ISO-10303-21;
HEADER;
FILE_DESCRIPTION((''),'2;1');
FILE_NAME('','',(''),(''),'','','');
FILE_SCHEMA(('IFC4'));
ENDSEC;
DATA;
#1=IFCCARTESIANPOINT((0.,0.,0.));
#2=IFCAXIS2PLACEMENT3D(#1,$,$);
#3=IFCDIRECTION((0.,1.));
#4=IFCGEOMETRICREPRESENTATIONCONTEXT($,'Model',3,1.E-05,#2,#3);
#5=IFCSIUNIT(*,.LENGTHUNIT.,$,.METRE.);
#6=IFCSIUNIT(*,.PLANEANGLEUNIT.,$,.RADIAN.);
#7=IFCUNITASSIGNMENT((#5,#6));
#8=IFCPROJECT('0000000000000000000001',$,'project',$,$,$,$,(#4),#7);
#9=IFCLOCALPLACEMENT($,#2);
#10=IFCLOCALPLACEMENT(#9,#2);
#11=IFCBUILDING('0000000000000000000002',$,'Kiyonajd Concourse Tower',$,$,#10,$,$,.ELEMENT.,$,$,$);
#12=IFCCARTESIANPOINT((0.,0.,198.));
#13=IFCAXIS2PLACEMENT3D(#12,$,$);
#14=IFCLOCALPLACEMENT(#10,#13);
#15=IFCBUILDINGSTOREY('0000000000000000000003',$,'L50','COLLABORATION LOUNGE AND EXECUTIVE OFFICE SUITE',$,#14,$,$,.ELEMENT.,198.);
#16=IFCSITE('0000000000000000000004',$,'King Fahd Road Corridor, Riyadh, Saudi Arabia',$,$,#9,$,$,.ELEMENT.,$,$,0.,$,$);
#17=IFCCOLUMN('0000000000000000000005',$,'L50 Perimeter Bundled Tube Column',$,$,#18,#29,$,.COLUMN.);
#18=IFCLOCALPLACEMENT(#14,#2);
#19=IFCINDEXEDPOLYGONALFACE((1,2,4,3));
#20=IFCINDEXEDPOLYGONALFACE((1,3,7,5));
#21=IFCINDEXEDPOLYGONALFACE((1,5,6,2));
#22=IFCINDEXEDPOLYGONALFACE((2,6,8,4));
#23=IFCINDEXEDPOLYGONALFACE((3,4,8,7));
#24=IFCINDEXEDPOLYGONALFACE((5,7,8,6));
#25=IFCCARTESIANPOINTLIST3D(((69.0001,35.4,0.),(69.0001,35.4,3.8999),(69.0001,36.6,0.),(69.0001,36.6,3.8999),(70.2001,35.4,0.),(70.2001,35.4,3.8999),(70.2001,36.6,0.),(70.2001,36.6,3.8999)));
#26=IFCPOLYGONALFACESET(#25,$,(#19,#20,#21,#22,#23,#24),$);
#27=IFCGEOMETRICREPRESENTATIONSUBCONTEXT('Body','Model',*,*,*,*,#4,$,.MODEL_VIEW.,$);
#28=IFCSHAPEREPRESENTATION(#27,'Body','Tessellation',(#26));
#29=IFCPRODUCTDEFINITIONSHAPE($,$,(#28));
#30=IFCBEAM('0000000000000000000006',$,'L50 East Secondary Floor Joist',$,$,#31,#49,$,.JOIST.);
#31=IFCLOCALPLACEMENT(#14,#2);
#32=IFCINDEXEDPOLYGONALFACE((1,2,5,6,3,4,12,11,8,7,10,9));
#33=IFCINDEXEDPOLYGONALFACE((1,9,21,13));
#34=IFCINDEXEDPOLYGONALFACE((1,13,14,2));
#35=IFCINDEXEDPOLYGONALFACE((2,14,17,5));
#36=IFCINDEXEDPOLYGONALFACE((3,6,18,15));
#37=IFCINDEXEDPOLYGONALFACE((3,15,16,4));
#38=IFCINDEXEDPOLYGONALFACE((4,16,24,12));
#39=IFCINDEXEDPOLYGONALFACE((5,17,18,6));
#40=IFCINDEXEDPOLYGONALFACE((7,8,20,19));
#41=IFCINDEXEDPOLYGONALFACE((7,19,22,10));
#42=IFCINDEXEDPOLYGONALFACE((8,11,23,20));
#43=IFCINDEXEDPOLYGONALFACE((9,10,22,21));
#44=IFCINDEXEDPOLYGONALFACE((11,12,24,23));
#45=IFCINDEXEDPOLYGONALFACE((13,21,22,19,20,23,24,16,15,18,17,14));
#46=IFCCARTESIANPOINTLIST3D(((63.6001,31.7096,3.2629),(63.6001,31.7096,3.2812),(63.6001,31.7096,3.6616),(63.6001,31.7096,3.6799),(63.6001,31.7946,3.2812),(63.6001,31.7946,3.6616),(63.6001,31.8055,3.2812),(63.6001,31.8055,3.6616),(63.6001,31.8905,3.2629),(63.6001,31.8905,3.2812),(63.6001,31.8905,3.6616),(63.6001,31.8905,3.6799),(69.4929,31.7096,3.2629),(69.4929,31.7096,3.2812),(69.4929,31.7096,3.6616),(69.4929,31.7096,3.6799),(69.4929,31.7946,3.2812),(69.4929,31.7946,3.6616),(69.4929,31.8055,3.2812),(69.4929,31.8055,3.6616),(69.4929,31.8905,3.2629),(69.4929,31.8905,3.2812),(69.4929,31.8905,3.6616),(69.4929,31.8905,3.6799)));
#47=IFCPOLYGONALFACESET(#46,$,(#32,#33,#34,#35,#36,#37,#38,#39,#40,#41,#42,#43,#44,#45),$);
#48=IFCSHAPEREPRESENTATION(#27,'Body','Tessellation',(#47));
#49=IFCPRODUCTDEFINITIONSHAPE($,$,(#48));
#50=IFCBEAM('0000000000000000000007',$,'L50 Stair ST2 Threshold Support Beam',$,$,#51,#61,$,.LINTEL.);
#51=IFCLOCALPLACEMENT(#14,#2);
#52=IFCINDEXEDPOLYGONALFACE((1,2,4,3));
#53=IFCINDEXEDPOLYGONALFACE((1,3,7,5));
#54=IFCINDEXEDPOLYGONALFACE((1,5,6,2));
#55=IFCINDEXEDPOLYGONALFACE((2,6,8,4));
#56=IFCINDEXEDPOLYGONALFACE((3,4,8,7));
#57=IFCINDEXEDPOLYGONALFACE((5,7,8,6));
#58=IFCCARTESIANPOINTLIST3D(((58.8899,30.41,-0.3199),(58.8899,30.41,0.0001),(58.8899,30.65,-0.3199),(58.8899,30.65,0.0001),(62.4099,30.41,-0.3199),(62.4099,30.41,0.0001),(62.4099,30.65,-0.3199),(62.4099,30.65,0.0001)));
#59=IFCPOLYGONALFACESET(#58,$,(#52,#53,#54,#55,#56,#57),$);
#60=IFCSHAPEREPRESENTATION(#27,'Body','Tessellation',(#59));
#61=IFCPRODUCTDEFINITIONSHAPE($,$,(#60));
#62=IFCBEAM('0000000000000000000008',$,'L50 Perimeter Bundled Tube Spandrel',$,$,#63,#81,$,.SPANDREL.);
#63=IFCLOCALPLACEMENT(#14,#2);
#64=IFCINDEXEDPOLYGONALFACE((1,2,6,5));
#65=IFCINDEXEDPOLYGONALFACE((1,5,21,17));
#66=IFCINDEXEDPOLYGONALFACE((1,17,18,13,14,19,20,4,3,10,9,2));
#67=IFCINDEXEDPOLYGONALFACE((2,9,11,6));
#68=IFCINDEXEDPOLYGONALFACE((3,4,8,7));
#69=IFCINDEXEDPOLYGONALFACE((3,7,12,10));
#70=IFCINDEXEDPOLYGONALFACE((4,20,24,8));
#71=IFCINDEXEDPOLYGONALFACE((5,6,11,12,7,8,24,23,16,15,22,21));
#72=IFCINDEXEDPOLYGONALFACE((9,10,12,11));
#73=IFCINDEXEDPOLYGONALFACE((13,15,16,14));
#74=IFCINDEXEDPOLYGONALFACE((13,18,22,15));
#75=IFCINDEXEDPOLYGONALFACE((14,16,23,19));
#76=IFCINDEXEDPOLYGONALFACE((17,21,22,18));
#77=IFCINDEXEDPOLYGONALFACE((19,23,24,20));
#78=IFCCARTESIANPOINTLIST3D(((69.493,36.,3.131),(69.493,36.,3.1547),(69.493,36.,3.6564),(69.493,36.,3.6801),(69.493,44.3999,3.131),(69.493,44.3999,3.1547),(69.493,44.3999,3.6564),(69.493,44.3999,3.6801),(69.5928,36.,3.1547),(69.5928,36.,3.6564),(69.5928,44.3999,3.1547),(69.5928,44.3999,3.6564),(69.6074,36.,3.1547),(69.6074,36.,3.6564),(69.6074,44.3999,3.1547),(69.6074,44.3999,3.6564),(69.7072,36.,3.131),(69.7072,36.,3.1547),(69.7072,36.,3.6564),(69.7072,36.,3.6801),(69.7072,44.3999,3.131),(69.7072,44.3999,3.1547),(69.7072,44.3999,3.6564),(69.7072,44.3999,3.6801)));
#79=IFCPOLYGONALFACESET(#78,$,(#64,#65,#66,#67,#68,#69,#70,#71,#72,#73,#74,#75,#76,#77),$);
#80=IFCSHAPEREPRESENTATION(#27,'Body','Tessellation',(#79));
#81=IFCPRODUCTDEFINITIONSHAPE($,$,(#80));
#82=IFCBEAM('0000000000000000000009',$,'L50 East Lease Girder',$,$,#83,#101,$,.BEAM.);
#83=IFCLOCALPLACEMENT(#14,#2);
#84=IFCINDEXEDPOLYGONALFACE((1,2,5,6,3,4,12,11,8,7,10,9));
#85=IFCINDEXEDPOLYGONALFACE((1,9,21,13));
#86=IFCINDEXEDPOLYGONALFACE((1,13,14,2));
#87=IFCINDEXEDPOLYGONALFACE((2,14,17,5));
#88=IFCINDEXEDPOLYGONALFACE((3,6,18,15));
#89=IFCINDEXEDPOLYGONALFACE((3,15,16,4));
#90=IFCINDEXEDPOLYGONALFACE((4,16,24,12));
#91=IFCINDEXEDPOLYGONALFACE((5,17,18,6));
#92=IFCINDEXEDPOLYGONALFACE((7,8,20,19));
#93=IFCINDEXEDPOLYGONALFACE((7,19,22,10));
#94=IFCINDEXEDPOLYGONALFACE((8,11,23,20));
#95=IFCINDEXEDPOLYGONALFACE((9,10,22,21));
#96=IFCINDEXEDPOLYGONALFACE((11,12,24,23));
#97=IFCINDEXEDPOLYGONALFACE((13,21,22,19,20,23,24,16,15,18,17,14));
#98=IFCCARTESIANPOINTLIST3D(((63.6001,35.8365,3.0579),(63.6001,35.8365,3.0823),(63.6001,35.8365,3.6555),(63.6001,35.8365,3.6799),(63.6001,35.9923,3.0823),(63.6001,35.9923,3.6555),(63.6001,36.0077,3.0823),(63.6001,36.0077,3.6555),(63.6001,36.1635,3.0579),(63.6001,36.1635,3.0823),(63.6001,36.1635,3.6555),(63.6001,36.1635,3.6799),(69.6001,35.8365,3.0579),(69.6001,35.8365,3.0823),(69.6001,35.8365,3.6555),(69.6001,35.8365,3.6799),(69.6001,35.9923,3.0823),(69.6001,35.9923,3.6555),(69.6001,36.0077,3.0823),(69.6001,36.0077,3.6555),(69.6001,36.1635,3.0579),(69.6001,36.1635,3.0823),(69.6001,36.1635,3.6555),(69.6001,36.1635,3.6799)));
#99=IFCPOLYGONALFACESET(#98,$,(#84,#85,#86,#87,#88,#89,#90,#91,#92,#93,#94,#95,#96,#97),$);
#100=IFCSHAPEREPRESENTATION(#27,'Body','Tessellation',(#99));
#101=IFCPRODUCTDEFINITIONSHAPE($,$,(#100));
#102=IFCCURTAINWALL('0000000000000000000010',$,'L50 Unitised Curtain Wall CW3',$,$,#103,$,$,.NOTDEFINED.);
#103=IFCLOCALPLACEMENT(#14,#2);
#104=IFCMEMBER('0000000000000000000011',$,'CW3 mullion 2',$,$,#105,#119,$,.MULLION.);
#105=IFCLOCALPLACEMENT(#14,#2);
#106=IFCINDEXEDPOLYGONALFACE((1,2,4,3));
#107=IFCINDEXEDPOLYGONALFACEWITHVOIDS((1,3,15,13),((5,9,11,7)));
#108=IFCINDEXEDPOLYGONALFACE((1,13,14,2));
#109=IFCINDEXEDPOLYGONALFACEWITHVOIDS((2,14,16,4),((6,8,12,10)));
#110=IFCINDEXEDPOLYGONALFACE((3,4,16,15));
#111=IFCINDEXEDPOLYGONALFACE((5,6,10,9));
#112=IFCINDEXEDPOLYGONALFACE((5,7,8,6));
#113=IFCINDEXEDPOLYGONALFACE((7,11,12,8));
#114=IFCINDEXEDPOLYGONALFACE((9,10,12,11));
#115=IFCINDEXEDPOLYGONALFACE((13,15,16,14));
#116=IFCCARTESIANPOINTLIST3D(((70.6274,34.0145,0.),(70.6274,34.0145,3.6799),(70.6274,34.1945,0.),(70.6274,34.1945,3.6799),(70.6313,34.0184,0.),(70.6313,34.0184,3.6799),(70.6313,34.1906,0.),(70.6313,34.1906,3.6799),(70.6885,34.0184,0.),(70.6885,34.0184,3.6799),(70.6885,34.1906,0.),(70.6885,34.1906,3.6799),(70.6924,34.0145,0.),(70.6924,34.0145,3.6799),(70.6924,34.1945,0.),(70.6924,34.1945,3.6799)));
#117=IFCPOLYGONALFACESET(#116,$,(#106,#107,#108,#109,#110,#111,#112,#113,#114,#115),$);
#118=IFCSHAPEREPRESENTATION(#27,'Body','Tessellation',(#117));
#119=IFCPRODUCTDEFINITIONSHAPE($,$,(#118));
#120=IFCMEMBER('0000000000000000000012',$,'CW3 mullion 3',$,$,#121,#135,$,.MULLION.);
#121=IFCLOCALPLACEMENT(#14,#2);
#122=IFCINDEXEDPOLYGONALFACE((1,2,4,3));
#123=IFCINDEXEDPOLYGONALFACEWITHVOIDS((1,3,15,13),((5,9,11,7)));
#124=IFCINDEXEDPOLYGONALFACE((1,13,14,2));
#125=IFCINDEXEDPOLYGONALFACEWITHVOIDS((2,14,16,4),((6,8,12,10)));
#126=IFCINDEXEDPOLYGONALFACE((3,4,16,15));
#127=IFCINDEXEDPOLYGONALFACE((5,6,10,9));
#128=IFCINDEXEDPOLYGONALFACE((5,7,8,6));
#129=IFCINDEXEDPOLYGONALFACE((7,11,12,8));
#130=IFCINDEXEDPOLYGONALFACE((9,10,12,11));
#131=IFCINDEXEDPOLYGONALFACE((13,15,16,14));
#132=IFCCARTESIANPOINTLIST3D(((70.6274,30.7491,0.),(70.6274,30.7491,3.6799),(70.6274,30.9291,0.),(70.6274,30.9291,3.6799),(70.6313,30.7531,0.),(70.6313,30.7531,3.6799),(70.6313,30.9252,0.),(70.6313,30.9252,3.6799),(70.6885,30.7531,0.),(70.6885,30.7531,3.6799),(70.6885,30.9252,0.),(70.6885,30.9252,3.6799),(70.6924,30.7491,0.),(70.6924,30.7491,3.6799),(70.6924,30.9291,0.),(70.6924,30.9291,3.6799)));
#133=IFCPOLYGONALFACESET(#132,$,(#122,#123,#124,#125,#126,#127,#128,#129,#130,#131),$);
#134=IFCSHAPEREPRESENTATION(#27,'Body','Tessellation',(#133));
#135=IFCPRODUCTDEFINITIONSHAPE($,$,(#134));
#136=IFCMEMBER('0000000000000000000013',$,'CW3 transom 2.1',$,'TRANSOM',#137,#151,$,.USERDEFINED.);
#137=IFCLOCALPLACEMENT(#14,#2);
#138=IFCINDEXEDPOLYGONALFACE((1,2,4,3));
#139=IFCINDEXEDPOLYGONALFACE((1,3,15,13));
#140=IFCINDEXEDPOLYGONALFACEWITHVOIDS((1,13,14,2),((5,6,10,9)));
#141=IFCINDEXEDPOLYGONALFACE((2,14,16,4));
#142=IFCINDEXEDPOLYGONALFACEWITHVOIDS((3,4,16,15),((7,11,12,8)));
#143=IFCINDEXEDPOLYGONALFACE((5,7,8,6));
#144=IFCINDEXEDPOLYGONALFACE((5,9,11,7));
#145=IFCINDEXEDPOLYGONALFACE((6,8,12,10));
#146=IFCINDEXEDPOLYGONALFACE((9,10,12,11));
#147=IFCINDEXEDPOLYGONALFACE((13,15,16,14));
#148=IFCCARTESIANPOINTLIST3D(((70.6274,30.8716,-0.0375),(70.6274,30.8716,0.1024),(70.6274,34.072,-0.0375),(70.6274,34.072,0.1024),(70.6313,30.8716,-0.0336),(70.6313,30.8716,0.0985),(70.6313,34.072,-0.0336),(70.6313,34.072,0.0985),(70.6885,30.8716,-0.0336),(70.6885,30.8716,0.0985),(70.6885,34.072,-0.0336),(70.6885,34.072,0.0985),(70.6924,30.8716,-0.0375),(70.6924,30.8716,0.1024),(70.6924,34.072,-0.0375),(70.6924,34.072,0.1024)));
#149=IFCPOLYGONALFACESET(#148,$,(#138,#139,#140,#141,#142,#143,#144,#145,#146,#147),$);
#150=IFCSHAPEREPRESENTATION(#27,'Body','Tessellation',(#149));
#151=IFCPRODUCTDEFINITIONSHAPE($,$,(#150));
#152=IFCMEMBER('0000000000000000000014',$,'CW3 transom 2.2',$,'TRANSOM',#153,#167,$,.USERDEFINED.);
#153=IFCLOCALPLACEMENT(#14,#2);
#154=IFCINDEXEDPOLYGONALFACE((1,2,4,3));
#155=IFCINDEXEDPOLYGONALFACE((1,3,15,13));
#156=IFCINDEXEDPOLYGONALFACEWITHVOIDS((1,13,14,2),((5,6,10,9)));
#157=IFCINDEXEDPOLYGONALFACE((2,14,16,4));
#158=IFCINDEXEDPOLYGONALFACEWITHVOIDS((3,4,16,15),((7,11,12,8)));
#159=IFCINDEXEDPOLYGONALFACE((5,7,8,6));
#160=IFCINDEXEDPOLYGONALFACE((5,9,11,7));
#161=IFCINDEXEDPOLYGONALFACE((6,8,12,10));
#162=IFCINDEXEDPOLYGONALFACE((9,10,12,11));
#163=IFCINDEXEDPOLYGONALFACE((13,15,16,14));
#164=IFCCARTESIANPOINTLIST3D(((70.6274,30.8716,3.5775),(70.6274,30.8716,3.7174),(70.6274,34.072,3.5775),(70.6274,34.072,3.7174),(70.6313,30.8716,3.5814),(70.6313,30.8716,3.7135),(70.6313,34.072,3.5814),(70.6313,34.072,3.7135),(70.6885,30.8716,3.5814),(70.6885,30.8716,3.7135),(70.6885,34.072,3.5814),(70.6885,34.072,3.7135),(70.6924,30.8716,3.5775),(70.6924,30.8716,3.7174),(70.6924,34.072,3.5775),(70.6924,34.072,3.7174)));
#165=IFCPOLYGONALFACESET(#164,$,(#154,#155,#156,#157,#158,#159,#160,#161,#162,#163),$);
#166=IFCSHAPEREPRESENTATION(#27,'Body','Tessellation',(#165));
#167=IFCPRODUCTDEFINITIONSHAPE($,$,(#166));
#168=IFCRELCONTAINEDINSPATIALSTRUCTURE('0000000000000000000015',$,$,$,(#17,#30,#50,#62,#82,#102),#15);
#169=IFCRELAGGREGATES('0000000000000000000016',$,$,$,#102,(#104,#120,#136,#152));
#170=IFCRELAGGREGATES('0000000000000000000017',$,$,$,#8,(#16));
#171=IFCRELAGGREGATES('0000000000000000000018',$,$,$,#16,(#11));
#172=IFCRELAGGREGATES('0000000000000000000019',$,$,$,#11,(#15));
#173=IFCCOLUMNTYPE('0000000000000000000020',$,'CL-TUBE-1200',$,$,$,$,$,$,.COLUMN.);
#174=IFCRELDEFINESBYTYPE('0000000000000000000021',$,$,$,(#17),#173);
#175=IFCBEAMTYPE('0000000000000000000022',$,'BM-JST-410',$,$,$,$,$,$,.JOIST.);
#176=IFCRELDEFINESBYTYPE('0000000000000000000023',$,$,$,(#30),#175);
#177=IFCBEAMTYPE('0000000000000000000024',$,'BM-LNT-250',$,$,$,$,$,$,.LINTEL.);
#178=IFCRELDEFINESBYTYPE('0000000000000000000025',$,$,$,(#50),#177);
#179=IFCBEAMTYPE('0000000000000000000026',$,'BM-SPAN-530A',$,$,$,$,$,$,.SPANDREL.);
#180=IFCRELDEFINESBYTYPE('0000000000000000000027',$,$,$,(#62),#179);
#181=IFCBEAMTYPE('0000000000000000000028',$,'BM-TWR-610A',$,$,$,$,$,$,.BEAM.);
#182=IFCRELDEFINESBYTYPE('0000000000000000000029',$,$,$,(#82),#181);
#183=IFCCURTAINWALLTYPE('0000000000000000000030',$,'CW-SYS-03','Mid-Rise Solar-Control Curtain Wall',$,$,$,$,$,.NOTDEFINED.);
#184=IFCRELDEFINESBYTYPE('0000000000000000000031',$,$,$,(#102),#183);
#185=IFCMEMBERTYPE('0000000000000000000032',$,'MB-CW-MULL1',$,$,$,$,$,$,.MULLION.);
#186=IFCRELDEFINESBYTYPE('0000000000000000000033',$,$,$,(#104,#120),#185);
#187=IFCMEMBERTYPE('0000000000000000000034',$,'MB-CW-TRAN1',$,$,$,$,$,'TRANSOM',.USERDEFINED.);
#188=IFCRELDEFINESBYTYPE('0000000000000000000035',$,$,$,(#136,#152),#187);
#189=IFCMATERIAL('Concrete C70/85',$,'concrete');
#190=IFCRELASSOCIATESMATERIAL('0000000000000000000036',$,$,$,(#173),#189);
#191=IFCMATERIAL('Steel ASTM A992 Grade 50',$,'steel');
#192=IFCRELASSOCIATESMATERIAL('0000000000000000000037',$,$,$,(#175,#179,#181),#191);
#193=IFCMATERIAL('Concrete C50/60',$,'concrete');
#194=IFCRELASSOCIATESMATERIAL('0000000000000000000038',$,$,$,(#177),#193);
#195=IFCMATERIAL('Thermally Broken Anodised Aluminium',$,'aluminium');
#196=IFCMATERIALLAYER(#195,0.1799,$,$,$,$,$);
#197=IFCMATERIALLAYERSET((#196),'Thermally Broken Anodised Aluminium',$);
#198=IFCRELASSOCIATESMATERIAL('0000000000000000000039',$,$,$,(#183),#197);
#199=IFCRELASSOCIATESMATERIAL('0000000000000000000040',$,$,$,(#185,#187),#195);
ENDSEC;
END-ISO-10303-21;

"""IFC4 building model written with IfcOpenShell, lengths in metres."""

from ifc_helpers import new_model, si_unit, direction, frame, origin, origin_2d, place, context, subcontext, project, spatial, rectangle, hollow_rectangle, i_section, extrude, material, layer, layer_set, material_profile, profile_set, type_object, element, aggregate, save


model = new_model("IFC4")

# Units and contexts
model_context = context("Model", 3, precision=1e-05, world=origin(), true_north=direction((0.0, 1.0)))
body_context = subcontext(model_context, "Body", "Model", "MODEL_VIEW")
ifc_project = project(units=[si_unit("LENGTHUNIT", "METRE"), si_unit("PLANEANGLEUNIT", "RADIAN")], contexts=[model_context])

# Site, building, storey
site_placement = place(None, origin())
site = spatial("IfcSite", under=ifc_project, at=site_placement, Name="King Fahd Road Corridor, Riyadh, Saudi Arabia", CompositionType="ELEMENT", RefElevation=0.0)
building_placement = place(site_placement, origin())
building = spatial("IfcBuilding", under=site, at=building_placement, Name="Kiyonajd Concourse Tower", CompositionType="ELEMENT")
storey_placement = place(building_placement, frame((0.0, 0.0, 198.0)))
storey = spatial("IfcBuildingStorey", under=building, at=storey_placement, Name="L50", Description="COLLABORATION LOUNGE AND EXECUTIVE OFFICE SUITE", CompositionType="ELEMENT", Elevation=198.0)

# Column
ifc_material_1 = material(Name="Concrete C70/85", Category="concrete")
ifc_material_profile_1 = material_profile(ifc_material_1, rectangle(XDim=1.2, YDim=1.2, at=origin_2d()), Name="RC-1200x1200")
ifc_profile_set_1 = profile_set([ifc_material_profile_1], Name="Concrete C70/85")
column_type = type_object("IfcColumnType", Name="CL-TUBE-1200", PredefinedType="COLUMN", material=ifc_profile_set_1)
column_placement = place(storey_placement, frame((69.6001, 36.0, 0.0), z_axis=(0.0, 0.0, 1.0), x_axis=(1.0, 0.0, 0.0)))
element("IfcColumn", 1, at=column_placement, inside=storey, type_object=column_type, Name="L50 Perimeter Bundled Tube Column", PredefinedType="COLUMN", context=body_context, shape_type="SweptSolid", body=[
    extrude(rectangle(XDim=1.2, YDim=1.2, at=origin_2d()), origin(), (0.0, 0.0, 1.0), 3.8999),
])

# Beams
ifc_material_2 = material(Name="Steel ASTM A992 Grade 50", Category="steel")
ifc_material_profile_2 = material_profile(ifc_material_2, i_section(OverallWidth=0.1809, OverallDepth=0.417, WebThickness=0.011, FlangeThickness=0.0183, at=origin_2d()), Name="W410X85")
ifc_profile_set_2 = profile_set([ifc_material_profile_2], Name="Steel ASTM A992 Grade 50")
beam_type_1 = type_object("IfcBeamType", Name="BM-JST-410", PredefinedType="JOIST", material=ifc_profile_set_2)
beam_1_placement = place(storey_placement, frame((63.6001, 31.8, 3.4714), z_axis=(1.0, 0.0, 0.0), x_axis=(0.0, 1.0, 0.0)))
element("IfcBeam", 2, at=beam_1_placement, inside=storey, type_object=beam_type_1, Name="L50 East Secondary Floor Joist", PredefinedType="JOIST", context=body_context, shape_type="SweptSolid", body=[
    extrude(i_section(OverallWidth=0.1809, OverallDepth=0.417, WebThickness=0.011, FlangeThickness=0.0183, at=origin_2d()), origin(), (0.0, 0.0, 1.0), 5.8928),
])
ifc_material_3 = material(Name="Concrete C50/60", Category="concrete")
ifc_material_profile_3 = material_profile(ifc_material_3, rectangle(XDim=0.24, YDim=0.3201, at=origin_2d()), Name="RCBM-240x320")
ifc_profile_set_3 = profile_set([ifc_material_profile_3], Name="Concrete C50/60")
beam_type_2 = type_object("IfcBeamType", Name="BM-LNT-250", PredefinedType="LINTEL", material=ifc_profile_set_3)
beam_2_placement = place(storey_placement, frame((58.8899, 30.53, -0.1599), z_axis=(1.0, 0.0, 0.0), x_axis=(0.0, 1.0, 0.0)))
element("IfcBeam", 3, at=beam_2_placement, inside=storey, type_object=beam_type_2, Name="L50 Stair ST2 Threshold Support Beam", PredefinedType="LINTEL", context=body_context, shape_type="SweptSolid", body=[
    extrude(rectangle(XDim=0.24, YDim=0.3201, at=origin_2d()), origin(), (0.0, 0.0, 1.0), 3.52),
])
ifc_material_profile_4 = material_profile(ifc_material_2, i_section(OverallWidth=0.2141, OverallDepth=0.5491, WebThickness=0.0146, FlangeThickness=0.0237, at=origin_2d()), Name="W530X138")
ifc_profile_set_4 = profile_set([ifc_material_profile_4], Name="Steel ASTM A992 Grade 50")
beam_type_3 = type_object("IfcBeamType", Name="BM-SPAN-530A", PredefinedType="SPANDREL", material=ifc_profile_set_4)
beam_3_placement = place(storey_placement, frame((69.6001, 36.0, 3.4055), z_axis=(0.0, 1.0, 0.0), x_axis=(-1.0, 0.0, 0.0)))
element("IfcBeam", 4, at=beam_3_placement, inside=storey, type_object=beam_type_3, Name="L50 Perimeter Bundled Tube Spandrel", PredefinedType="SPANDREL", context=body_context, shape_type="SweptSolid", body=[
    extrude(i_section(OverallWidth=0.2141, OverallDepth=0.5491, WebThickness=0.0146, FlangeThickness=0.0237, at=origin_2d()), origin(), (0.0, 0.0, 1.0), 8.3999),
])
ifc_material_profile_5 = material_profile(ifc_material_2, i_section(OverallWidth=0.3269, OverallDepth=0.6221, WebThickness=0.0154, FlangeThickness=0.0244, at=origin_2d()), Name="W610X195")
ifc_profile_set_5 = profile_set([ifc_material_profile_5], Name="Steel ASTM A992 Grade 50")
beam_type_4 = type_object("IfcBeamType", Name="BM-TWR-610A", PredefinedType="BEAM", material=ifc_profile_set_5)
beam_4_placement = place(storey_placement, frame((63.6001, 36.0, 3.3689), z_axis=(1.0, 0.0, 0.0), x_axis=(0.0, 1.0, 0.0)))
element("IfcBeam", 5, at=beam_4_placement, inside=storey, type_object=beam_type_4, Name="L50 East Lease Girder", PredefinedType="BEAM", context=body_context, shape_type="SweptSolid", body=[
    extrude(i_section(OverallWidth=0.3269, OverallDepth=0.6221, WebThickness=0.0154, FlangeThickness=0.0244, at=origin_2d()), origin(), (0.0, 0.0, 1.0), 6.0),
])

# Curtain wall, members
ifc_material_4 = material(Name="Thermally Broken Anodised Aluminium", Category="aluminium")
ifc_layer_1 = layer(ifc_material_4, 0.1799)
ifc_layer_set_1 = layer_set([ifc_layer_1], Name="Thermally Broken Anodised Aluminium")
curtain_wall_type = type_object("IfcCurtainWallType", Name="CW-SYS-03", Description="Mid-Rise Solar-Control Curtain Wall", PredefinedType="NOTDEFINED", material=ifc_layer_set_1)
curtain_wall_placement = place(storey_placement, origin())
curtain_wall = element("IfcCurtainWall", 6, at=curtain_wall_placement, inside=storey, type_object=curtain_wall_type, Name="L50 Unitised Curtain Wall CW3", PredefinedType="NOTDEFINED")
ifc_material_profile_6 = material_profile(ifc_material_4, hollow_rectangle(XDim=0.0649, YDim=0.1799, WallThickness=0.0039, at=origin_2d()), Name="MULL-65x180")
ifc_profile_set_6 = profile_set([ifc_material_profile_6], Name="Thermally Broken Anodised Aluminium")
member_type_1 = type_object("IfcMemberType", Name="MB-CW-MULL1", PredefinedType="MULLION", material=ifc_profile_set_6)
member_1_placement = place(storey_placement, frame((70.6599, 34.1045, 0.0), z_axis=(0.0, 0.0, 1.0), x_axis=(1.0, 0.0, 0.0)))
member_1 = element("IfcMember", 7, at=member_1_placement, type_object=member_type_1, Name="CW3 mullion 2", PredefinedType="MULLION", context=body_context, shape_type="SweptSolid", body=[
    extrude(hollow_rectangle(XDim=0.0649, YDim=0.1799, WallThickness=0.0039, at=origin_2d()), origin(), (0.0, 0.0, 1.0), 3.6799),
])
member_2_placement = place(storey_placement, frame((70.6599, 30.8391, 0.0), z_axis=(0.0, 0.0, 1.0), x_axis=(1.0, 0.0, 0.0)))
member_2 = element("IfcMember", 8, at=member_2_placement, type_object=member_type_1, Name="CW3 mullion 3", PredefinedType="MULLION", context=body_context, shape_type="SweptSolid", body=[
    extrude(hollow_rectangle(XDim=0.0649, YDim=0.1799, WallThickness=0.0039, at=origin_2d()), origin(), (0.0, 0.0, 1.0), 3.6799),
])
ifc_material_profile_7 = material_profile(ifc_material_4, hollow_rectangle(XDim=0.0649, YDim=0.1399, WallThickness=0.0039, at=origin_2d()), Name="TRAN-65x140")
ifc_profile_set_7 = profile_set([ifc_material_profile_7], Name="Thermally Broken Anodised Aluminium")
member_type_2 = type_object("IfcMemberType", Name="MB-CW-TRAN1", ElementType="TRANSOM", PredefinedType="USERDEFINED", material=ifc_profile_set_7)
member_3_placement = place(storey_placement, frame((70.6599, 34.072, 0.0325), z_axis=(0.0, -1.0, 0.0), x_axis=(1.0, 0.0, 0.0)))
member_3 = element("IfcMember", 9, at=member_3_placement, type_object=member_type_2, Name="CW3 transom 2.1", ObjectType="TRANSOM", PredefinedType="USERDEFINED", context=body_context, shape_type="SweptSolid", body=[
    extrude(hollow_rectangle(XDim=0.0649, YDim=0.1399, WallThickness=0.0039, at=origin_2d()), origin(), (0.0, 0.0, 1.0), 3.2004),
])
member_4_placement = place(storey_placement, frame((70.6599, 34.072, 3.6475), z_axis=(0.0, -1.0, 0.0), x_axis=(1.0, 0.0, 0.0)))
member_4 = element("IfcMember", 10, at=member_4_placement, type_object=member_type_2, Name="CW3 transom 2.2", ObjectType="TRANSOM", PredefinedType="USERDEFINED", context=body_context, shape_type="SweptSolid", body=[
    extrude(hollow_rectangle(XDim=0.0649, YDim=0.1399, WallThickness=0.0039, at=origin_2d()), origin(), (0.0, 0.0, 1.0), 3.2004),
])
aggregate(curtain_wall, [member_1, member_2, member_3, member_4])

save(model, "model.ifc")
